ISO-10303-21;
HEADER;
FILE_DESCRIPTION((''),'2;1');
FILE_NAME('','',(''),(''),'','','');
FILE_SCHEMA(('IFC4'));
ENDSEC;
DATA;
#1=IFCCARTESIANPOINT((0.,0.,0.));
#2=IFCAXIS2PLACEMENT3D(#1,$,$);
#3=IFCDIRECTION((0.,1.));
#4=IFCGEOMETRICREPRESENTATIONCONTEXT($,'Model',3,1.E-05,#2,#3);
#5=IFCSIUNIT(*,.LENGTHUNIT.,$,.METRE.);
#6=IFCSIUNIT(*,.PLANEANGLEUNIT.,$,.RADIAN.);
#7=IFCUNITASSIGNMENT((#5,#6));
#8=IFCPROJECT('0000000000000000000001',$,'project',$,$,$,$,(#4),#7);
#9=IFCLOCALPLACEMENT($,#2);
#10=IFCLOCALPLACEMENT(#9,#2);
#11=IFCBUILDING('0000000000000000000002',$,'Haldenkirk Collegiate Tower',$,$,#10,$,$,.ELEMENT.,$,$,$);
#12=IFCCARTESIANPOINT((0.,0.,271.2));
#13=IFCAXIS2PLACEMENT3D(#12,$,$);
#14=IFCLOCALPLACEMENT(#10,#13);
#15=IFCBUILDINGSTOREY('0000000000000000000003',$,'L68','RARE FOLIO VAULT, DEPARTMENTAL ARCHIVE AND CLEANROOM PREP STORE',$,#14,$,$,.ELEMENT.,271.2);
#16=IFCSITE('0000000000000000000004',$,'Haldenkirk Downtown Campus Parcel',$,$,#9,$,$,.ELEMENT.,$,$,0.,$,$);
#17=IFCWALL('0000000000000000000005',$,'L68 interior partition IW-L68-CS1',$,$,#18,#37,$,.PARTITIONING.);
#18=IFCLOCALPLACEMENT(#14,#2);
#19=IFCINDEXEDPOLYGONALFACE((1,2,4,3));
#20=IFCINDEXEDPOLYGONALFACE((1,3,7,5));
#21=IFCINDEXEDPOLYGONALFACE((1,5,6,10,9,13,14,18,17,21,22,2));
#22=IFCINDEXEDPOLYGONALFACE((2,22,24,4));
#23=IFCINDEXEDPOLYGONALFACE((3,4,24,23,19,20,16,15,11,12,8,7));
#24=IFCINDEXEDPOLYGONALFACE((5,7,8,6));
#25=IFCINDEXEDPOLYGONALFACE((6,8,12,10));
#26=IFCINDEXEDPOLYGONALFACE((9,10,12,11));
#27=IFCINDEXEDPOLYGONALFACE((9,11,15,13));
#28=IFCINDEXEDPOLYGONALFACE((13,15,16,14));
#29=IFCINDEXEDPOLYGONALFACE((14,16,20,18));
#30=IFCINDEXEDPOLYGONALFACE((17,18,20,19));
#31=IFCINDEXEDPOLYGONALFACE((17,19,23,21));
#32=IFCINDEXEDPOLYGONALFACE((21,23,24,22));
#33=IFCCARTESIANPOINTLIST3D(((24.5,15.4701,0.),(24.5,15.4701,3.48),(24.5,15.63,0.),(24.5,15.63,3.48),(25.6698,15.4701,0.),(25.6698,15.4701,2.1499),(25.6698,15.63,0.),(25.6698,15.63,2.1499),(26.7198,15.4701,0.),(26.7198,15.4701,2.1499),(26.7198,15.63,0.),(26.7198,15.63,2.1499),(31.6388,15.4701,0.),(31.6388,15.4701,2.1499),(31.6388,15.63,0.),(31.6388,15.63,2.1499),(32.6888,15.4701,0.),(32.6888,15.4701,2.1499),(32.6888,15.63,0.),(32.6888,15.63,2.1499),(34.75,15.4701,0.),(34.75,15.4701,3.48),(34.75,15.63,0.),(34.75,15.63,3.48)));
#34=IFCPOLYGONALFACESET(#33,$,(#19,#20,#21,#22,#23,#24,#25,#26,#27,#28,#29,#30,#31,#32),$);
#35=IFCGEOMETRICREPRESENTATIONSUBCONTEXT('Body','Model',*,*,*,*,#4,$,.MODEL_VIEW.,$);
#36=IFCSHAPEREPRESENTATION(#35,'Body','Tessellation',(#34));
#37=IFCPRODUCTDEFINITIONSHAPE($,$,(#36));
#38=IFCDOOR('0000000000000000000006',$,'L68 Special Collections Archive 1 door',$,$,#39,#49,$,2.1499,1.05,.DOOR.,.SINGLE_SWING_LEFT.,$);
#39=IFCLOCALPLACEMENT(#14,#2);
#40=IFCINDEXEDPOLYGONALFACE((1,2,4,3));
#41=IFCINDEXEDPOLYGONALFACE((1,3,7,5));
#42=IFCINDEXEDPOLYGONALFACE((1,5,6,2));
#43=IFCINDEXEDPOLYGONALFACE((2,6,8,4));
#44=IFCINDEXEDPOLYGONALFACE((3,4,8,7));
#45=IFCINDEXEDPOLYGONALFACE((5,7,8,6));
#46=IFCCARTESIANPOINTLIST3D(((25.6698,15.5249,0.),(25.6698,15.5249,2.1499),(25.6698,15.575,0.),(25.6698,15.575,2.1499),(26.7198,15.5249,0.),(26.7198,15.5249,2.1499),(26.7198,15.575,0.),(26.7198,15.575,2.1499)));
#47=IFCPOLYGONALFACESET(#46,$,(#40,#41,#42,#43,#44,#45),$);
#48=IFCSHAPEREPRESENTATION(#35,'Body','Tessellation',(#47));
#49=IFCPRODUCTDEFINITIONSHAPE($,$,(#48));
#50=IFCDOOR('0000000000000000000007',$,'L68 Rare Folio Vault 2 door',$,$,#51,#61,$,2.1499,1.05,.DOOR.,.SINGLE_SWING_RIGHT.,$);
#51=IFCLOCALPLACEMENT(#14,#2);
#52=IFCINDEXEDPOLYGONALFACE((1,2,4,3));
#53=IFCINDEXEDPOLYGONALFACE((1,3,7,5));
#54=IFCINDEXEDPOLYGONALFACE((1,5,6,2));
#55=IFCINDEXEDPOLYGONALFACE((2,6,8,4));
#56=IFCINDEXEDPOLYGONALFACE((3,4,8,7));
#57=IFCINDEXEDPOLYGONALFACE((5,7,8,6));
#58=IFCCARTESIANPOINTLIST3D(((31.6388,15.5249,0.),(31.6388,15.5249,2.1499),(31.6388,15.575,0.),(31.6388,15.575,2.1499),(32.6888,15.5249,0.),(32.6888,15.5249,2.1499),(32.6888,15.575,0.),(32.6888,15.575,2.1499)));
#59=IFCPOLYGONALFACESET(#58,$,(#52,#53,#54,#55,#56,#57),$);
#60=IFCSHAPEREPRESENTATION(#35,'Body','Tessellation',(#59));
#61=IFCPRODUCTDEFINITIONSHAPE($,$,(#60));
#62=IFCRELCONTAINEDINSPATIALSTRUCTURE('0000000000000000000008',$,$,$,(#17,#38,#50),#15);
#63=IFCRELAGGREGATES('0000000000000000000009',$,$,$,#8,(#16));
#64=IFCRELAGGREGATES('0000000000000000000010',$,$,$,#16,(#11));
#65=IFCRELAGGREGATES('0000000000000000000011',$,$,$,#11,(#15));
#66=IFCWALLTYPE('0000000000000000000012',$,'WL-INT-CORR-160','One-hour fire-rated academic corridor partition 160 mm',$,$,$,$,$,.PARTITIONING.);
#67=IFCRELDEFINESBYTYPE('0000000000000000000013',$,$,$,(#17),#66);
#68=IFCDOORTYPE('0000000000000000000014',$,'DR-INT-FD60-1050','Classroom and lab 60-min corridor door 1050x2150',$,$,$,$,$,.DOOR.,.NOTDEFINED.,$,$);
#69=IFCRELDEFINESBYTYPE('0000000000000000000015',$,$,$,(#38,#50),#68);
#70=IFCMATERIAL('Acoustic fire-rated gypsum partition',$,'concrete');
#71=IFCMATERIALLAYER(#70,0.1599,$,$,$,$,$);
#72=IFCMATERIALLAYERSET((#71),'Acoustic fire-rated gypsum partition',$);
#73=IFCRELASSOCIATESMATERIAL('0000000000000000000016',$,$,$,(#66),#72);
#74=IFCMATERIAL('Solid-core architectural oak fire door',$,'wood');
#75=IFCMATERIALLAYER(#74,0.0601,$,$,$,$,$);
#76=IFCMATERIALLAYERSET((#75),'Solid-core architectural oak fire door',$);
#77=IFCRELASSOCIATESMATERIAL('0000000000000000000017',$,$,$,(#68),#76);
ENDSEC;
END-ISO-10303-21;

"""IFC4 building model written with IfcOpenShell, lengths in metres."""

from ifc_helpers import new_model, si_unit, direction, frame, frame_2d, origin, place, context, subcontext, project, spatial, rectangle, extrude, material, layer, layer_set, type_object, element, fill, save


model = new_model("IFC4")

# Units and contexts
model_context = context("Model", 3, precision=1e-05, world=origin(), true_north=direction((0.0, 1.0)))
body_context = subcontext(model_context, "Body", "Model", "MODEL_VIEW")
ifc_project = project(units=[si_unit("LENGTHUNIT", "METRE"), si_unit("PLANEANGLEUNIT", "RADIAN")], contexts=[model_context])

# Site, building, storey
site_placement = place(None, origin())
site = spatial("IfcSite", under=ifc_project, at=site_placement, Name="Haldenkirk Downtown Campus Parcel", CompositionType="ELEMENT", RefElevation=0.0)
building_placement = place(site_placement, origin())
building = spatial("IfcBuilding", under=site, at=building_placement, Name="Haldenkirk Collegiate Tower", CompositionType="ELEMENT")
storey_placement = place(building_placement, frame((0.0, 0.0, 271.2)))
storey = spatial("IfcBuildingStorey", under=building, at=storey_placement, Name="L68", Description="RARE FOLIO VAULT, DEPARTMENTAL ARCHIVE AND CLEANROOM PREP STORE", CompositionType="ELEMENT", Elevation=271.2)

# Wall, openings, doors
ifc_material_1 = material(Name="Acoustic fire-rated gypsum partition", Category="concrete")
ifc_layer_1 = layer(ifc_material_1, 0.1599)
ifc_layer_set_1 = layer_set([ifc_layer_1], Name="Acoustic fire-rated gypsum partition")
wall_type_1 = type_object("IfcWallType", Name="WL-INT-CORR-160", Description="One-hour fire-rated academic corridor partition 160 mm", PredefinedType="PARTITIONING", material=ifc_layer_set_1)
wall_1_placement = place(storey_placement, frame((24.5, 15.55, 0.0), z_axis=(0.0, 0.0, 1.0), x_axis=(1.0, 0.0, 0.0)))
wall_1 = element("IfcWall", 1, at=wall_1_placement, inside=storey, type_object=wall_type_1, Name="L68 interior partition IW-L68-CS1", PredefinedType="PARTITIONING", context=body_context, shape_type="SweptSolid", body=[
    extrude(rectangle(XDim=10.25, YDim=0.1599, at=frame_2d((5.125, 0.0))), origin(), (0.0, 0.0, 1.0), 3.48),
])
opening_1_placement = place(wall_1_placement, frame((1.1699, 0.0, 0.0)))
opening_1 = element("IfcOpeningElement", 2, at=opening_1_placement, cuts=wall_1, PredefinedType="OPENING", context=body_context, shape_type="SweptSolid", body=[
    extrude(rectangle(XDim=1.05, YDim=2.1499, at=frame_2d((0.5249, 1.075))), frame((0.0, 0.0898, 0.0), z_axis=(0.0, -1.0, 0.0), x_axis=(1.0, 0.0, 0.0)), (0.0, 0.0, 1.0), 0.1799),
])
opening_2_placement = place(wall_1_placement, frame((7.1389, 0.0, 0.0)))
opening_2 = element("IfcOpeningElement", 3, at=opening_2_placement, cuts=wall_1, PredefinedType="OPENING", context=body_context, shape_type="SweptSolid", body=[
    extrude(rectangle(XDim=1.05, YDim=2.1499, at=frame_2d((0.5249, 1.075))), frame((0.0, 0.0898, 0.0), z_axis=(0.0, -1.0, 0.0), x_axis=(1.0, 0.0, 0.0)), (0.0, 0.0, 1.0), 0.1799),
])
ifc_material_2 = material(Name="Solid-core architectural oak fire door", Category="wood")
ifc_layer_2 = layer(ifc_material_2, 0.0601)
ifc_layer_set_2 = layer_set([ifc_layer_2], Name="Solid-core architectural oak fire door")
door_type = type_object("IfcDoorType", Name="DR-INT-FD60-1050", Description="Classroom and lab 60-min corridor door 1050x2150", OperationType="NOTDEFINED", PredefinedType="DOOR", material=ifc_layer_set_2)
door_1_placement = place(opening_1_placement, origin())
door_1 = element("IfcDoor", 4, at=door_1_placement, inside=storey, type_object=door_type, Name="L68 Special Collections Archive 1 door", OperationType="SINGLE_SWING_LEFT", OverallHeight=2.1499, OverallWidth=1.05, PredefinedType="DOOR", context=body_context, shape_type="SweptSolid", body=[
    extrude(rectangle(XDim=1.05, YDim=2.1499, at=frame_2d((0.5249, 1.075))), frame((0.0, 0.0249, 0.0), z_axis=(0.0, -1.0, 0.0), x_axis=(1.0, 0.0, 0.0)), (0.0, 0.0, 1.0), 0.05),
])
fill(opening_1, door_1)
door_2_placement = place(opening_2_placement, origin())
door_2 = element("IfcDoor", 5, at=door_2_placement, inside=storey, type_object=door_type, Name="L68 Rare Folio Vault 2 door", OperationType="SINGLE_SWING_RIGHT", OverallHeight=2.1499, OverallWidth=1.05, PredefinedType="DOOR", context=body_context, shape_type="SweptSolid", body=[
    extrude(rectangle(XDim=1.05, YDim=2.1499, at=frame_2d((0.5249, 1.075))), frame((0.0, 0.0249, 0.0), z_axis=(0.0, -1.0, 0.0), x_axis=(1.0, 0.0, 0.0)), (0.0, 0.0, 1.0), 0.05),
])
fill(opening_2, door_2)

save(model, "model.ifc")
